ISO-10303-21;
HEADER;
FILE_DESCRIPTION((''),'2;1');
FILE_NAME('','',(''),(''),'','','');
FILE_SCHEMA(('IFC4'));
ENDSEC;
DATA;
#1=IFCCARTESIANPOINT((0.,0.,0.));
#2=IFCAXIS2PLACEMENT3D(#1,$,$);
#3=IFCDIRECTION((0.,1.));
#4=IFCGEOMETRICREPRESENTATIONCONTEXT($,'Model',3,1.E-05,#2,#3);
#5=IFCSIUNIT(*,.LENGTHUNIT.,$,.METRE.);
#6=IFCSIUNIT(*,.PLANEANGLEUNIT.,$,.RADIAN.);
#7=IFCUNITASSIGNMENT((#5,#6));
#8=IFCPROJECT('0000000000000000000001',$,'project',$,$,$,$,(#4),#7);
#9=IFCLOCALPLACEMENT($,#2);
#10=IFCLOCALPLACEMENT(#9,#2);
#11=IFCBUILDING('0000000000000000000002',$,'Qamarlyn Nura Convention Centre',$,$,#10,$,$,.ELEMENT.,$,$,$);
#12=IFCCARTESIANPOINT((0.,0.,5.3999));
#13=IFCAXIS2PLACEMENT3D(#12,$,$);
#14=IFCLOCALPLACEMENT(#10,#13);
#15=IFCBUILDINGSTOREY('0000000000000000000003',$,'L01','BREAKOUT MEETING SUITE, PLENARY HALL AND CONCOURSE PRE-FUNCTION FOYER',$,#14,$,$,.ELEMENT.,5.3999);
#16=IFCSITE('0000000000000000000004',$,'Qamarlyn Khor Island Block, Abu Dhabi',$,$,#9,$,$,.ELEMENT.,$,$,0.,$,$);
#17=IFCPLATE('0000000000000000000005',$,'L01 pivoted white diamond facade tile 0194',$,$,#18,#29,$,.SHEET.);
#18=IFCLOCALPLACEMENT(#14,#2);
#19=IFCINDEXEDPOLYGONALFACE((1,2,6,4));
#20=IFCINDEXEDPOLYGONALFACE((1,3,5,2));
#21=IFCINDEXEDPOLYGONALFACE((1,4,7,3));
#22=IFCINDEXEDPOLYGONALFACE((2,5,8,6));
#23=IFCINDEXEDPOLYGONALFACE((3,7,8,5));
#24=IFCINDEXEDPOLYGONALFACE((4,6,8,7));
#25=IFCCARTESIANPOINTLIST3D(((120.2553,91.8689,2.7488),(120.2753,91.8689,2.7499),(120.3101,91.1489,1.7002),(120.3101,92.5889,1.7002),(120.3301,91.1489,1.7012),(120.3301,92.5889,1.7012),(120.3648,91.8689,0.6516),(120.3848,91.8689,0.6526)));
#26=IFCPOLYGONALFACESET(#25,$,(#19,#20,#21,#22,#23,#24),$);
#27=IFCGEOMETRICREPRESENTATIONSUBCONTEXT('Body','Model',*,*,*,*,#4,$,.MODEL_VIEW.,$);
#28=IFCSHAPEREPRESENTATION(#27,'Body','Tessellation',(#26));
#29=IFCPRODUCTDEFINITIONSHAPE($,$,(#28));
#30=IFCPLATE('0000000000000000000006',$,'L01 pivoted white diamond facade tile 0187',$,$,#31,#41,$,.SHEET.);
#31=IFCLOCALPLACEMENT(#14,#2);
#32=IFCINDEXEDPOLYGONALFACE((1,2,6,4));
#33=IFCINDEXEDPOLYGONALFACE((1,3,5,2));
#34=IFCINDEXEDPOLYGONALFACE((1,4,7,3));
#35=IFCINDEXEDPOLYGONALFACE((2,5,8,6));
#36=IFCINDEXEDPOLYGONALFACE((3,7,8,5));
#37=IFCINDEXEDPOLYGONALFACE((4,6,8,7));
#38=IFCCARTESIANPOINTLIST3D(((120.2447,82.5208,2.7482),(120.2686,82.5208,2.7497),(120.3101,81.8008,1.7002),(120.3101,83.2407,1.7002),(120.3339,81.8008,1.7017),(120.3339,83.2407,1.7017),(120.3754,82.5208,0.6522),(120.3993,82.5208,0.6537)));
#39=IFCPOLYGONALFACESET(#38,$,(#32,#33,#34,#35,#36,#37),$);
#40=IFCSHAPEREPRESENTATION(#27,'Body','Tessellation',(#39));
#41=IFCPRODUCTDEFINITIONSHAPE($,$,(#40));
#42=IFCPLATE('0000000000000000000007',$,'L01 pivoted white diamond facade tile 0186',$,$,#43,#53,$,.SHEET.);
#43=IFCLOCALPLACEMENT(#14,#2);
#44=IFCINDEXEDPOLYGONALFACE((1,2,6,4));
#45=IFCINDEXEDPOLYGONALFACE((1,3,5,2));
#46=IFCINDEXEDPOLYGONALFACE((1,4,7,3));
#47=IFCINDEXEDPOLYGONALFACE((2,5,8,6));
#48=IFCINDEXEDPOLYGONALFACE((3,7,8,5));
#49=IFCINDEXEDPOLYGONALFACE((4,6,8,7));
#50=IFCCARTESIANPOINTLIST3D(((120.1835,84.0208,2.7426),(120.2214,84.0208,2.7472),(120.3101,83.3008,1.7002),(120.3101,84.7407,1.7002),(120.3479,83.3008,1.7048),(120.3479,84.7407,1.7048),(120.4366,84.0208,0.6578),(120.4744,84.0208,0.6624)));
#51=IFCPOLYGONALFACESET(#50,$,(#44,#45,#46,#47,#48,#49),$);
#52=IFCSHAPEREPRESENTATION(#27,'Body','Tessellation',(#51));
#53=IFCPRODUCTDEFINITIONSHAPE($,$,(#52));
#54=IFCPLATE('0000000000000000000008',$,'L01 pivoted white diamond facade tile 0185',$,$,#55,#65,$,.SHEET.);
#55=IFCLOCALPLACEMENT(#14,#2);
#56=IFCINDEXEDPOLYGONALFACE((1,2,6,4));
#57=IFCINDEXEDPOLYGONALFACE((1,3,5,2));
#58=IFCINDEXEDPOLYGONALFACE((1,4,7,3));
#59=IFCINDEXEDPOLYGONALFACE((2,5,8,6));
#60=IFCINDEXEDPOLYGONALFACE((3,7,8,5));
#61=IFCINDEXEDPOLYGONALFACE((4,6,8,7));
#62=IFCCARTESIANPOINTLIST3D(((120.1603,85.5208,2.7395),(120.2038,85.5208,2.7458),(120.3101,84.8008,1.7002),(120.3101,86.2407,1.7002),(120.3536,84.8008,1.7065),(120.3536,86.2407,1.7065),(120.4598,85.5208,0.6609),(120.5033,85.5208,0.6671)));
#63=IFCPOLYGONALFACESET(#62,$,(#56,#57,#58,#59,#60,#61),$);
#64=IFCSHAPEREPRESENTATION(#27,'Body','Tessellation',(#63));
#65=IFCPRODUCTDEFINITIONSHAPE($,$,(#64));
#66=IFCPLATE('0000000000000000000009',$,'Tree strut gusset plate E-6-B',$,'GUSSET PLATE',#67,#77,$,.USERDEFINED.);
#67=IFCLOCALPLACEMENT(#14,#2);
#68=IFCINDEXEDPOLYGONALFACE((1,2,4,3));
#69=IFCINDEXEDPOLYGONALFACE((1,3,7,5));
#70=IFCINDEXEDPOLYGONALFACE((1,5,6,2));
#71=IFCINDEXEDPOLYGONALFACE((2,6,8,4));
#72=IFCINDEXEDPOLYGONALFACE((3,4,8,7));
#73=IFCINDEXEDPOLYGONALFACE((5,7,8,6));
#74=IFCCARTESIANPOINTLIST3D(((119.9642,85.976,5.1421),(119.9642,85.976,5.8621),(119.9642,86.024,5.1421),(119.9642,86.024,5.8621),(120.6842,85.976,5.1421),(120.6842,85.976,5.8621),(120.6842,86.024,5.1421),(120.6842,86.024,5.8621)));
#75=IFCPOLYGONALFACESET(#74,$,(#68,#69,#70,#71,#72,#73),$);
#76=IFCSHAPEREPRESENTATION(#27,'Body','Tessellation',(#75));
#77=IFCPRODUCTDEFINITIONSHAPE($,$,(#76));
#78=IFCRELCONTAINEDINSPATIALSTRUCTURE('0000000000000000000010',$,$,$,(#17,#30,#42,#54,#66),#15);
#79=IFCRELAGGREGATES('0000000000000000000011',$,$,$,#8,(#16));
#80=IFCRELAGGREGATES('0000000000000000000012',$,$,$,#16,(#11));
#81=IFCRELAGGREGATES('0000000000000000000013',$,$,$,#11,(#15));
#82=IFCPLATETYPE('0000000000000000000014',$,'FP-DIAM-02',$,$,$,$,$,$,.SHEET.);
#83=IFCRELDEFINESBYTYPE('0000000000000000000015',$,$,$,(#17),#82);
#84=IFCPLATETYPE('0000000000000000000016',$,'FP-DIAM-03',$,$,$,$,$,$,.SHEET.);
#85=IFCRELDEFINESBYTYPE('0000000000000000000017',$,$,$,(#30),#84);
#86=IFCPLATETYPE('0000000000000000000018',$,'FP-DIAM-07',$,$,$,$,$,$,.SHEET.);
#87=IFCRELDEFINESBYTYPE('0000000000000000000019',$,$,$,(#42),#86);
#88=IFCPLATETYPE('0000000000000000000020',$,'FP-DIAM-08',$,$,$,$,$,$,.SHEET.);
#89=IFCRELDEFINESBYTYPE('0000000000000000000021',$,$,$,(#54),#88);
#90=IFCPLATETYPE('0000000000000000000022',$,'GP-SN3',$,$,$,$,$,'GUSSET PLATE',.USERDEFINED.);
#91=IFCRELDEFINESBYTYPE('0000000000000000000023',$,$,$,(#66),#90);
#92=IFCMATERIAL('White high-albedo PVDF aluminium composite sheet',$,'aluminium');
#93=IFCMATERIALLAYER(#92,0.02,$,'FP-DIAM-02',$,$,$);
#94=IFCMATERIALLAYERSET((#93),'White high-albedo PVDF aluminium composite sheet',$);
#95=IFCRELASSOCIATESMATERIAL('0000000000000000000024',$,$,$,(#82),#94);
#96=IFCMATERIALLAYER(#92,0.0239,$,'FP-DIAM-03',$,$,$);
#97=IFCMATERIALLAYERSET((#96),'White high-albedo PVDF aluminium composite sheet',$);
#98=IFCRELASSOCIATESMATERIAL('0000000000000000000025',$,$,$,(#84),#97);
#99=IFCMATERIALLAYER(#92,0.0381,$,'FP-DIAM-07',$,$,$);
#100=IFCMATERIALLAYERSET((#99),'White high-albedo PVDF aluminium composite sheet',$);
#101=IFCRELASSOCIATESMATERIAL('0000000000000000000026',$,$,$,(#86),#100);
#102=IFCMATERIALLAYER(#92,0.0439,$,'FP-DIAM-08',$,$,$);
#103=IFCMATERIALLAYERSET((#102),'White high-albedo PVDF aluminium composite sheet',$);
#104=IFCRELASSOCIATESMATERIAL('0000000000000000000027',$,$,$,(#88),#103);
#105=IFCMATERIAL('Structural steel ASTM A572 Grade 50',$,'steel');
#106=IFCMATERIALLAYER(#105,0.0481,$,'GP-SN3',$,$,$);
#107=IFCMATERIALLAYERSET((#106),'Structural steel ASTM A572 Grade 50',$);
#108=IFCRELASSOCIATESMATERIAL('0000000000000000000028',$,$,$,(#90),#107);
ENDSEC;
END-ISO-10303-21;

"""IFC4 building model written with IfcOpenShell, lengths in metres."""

from ifc_helpers import new_model, si_unit, direction, frame, origin, origin_2d, place, context, subcontext, project, spatial, polyline, rectangle, outline, extrude, material, layer, layer_set, type_object, element, save


model = new_model("IFC4")

# Units and contexts
model_context = context("Model", 3, precision=1e-05, world=origin(), true_north=direction((0.0, 1.0)))
body_context = subcontext(model_context, "Body", "Model", "MODEL_VIEW")
ifc_project = project(units=[si_unit("LENGTHUNIT", "METRE"), si_unit("PLANEANGLEUNIT", "RADIAN")], contexts=[model_context])

# Site, building, storey
site_placement = place(None, origin())
site = spatial("IfcSite", under=ifc_project, at=site_placement, Name="Qamarlyn Khor Island Block, Abu Dhabi", CompositionType="ELEMENT", RefElevation=0.0)
building_placement = place(site_placement, origin())
building = spatial("IfcBuilding", under=site, at=building_placement, Name="Qamarlyn Nura Convention Centre", CompositionType="ELEMENT")
storey_placement = place(building_placement, frame((0.0, 0.0, 5.3999)))
storey = spatial("IfcBuildingStorey", under=building, at=storey_placement, Name="L01", Description="BREAKOUT MEETING SUITE, PLENARY HALL AND CONCOURSE PRE-FUNCTION FOYER", CompositionType="ELEMENT", Elevation=5.3999)

# Plates
ifc_material_1 = material(Name="White high-albedo PVDF aluminium composite sheet", Category="aluminium")
ifc_layer_1 = layer(ifc_material_1, 0.02, Name="FP-DIAM-02")
ifc_layer_set_1 = layer_set([ifc_layer_1], Name="White high-albedo PVDF aluminium composite sheet")
plate_type_1 = type_object("IfcPlateType", Name="FP-DIAM-02", PredefinedType="SHEET", material=ifc_layer_set_1)
plate_1_placement = place(storey_placement, frame((120.3101, 91.8689, 1.7002), z_axis=(0.998639, 0.0, 0.052162), x_axis=(0.0, 1.0, 0.0)))
element("IfcPlate", 1, at=plate_1_placement, inside=storey, type_object=plate_type_1, Name="L01 pivoted white diamond facade tile 0194", PredefinedType="SHEET", context=body_context, shape_type="SweptSolid", body=[
    extrude(outline(polyline([(-0.72, 0.0), (0.0, -1.05), (0.72, 0.0), (0.0, 1.05), (-0.72, 0.0)])), origin(), (0.0, 0.0, 1.0), 0.02),
])
ifc_layer_2 = layer(ifc_material_1, 0.0239, Name="FP-DIAM-03")
ifc_layer_set_2 = layer_set([ifc_layer_2], Name="White high-albedo PVDF aluminium composite sheet")
plate_type_2 = type_object("IfcPlateType", Name="FP-DIAM-03", PredefinedType="SHEET", material=ifc_layer_set_2)
plate_2_placement = place(storey_placement, frame((120.3101, 82.5208, 1.7002), z_axis=(0.998059, 0.0, 0.062268), x_axis=(0.0, 1.0, 0.0)))
element("IfcPlate", 2, at=plate_2_placement, inside=storey, type_object=plate_type_2, Name="L01 pivoted white diamond facade tile 0187", PredefinedType="SHEET", context=body_context, shape_type="SweptSolid", body=[
    extrude(outline(polyline([(-0.72, 0.0), (0.0, -1.05), (0.72, 0.0), (0.0, 1.05), (-0.72, 0.0)])), origin(), (0.0, 0.0, 1.0), 0.0239),
])
ifc_layer_3 = layer(ifc_material_1, 0.0381, Name="FP-DIAM-07")
ifc_layer_set_3 = layer_set([ifc_layer_3], Name="White high-albedo PVDF aluminium composite sheet")
plate_type_3 = type_object("IfcPlateType", Name="FP-DIAM-07", PredefinedType="SHEET", material=ifc_layer_set_3)
plate_3_placement = place(storey_placement, frame((120.3101, 84.0208, 1.7002), z_axis=(0.992715, 0.0, 0.120483), x_axis=(0.0, 1.0, 0.0)))
element("IfcPlate", 3, at=plate_3_placement, inside=storey, type_object=plate_type_3, Name="L01 pivoted white diamond facade tile 0186", PredefinedType="SHEET", context=body_context, shape_type="SweptSolid", body=[
    extrude(outline(polyline([(-0.72, 0.0), (0.0, -1.05), (0.72, 0.0), (0.0, 1.05), (-0.72, 0.0)])), origin(), (0.0, 0.0, 1.0), 0.0381),
])
ifc_layer_4 = layer(ifc_material_1, 0.0439, Name="FP-DIAM-08")
ifc_layer_set_4 = layer_set([ifc_layer_4], Name="White high-albedo PVDF aluminium composite sheet")
plate_type_4 = type_object("IfcPlateType", Name="FP-DIAM-08", PredefinedType="SHEET", material=ifc_layer_set_4)
plate_4_placement = place(storey_placement, frame((120.3101, 85.5208, 1.7002), z_axis=(0.989776, 0.0, 0.142629), x_axis=(0.0, 1.0, 0.0)))
element("IfcPlate", 4, at=plate_4_placement, inside=storey, type_object=plate_type_4, Name="L01 pivoted white diamond facade tile 0185", PredefinedType="SHEET", context=body_context, shape_type="SweptSolid", body=[
    extrude(outline(polyline([(-0.72, 0.0), (0.0, -1.05), (0.72, 0.0), (0.0, 1.05), (-0.72, 0.0)])), origin(), (0.0, 0.0, 1.0), 0.0439),
])
ifc_material_2 = material(Name="Structural steel ASTM A572 Grade 50", Category="steel")
ifc_layer_5 = layer(ifc_material_2, 0.0481, Name="GP-SN3")
ifc_layer_set_5 = layer_set([ifc_layer_5], Name="Structural steel ASTM A572 Grade 50")
plate_type_5 = type_object("IfcPlateType", Name="GP-SN3", ElementType="GUSSET PLATE", PredefinedType="USERDEFINED", material=ifc_layer_set_5)
plate_5_placement = place(storey_placement, frame((120.3242, 86.0, 5.1421), z_axis=(0.0, 0.0, 1.0), x_axis=(1.0, 0.0, 0.0)))
element("IfcPlate", 5, at=plate_5_placement, inside=storey, type_object=plate_type_5, Name="Tree strut gusset plate E-6-B", ObjectType="GUSSET PLATE", PredefinedType="USERDEFINED", context=body_context, shape_type="SweptSolid", body=[
    extrude(rectangle(XDim=0.72, YDim=0.0481, at=origin_2d()), origin(), (0.0, 0.0, 1.0), 0.72),
])

save(model, "model.ifc")
